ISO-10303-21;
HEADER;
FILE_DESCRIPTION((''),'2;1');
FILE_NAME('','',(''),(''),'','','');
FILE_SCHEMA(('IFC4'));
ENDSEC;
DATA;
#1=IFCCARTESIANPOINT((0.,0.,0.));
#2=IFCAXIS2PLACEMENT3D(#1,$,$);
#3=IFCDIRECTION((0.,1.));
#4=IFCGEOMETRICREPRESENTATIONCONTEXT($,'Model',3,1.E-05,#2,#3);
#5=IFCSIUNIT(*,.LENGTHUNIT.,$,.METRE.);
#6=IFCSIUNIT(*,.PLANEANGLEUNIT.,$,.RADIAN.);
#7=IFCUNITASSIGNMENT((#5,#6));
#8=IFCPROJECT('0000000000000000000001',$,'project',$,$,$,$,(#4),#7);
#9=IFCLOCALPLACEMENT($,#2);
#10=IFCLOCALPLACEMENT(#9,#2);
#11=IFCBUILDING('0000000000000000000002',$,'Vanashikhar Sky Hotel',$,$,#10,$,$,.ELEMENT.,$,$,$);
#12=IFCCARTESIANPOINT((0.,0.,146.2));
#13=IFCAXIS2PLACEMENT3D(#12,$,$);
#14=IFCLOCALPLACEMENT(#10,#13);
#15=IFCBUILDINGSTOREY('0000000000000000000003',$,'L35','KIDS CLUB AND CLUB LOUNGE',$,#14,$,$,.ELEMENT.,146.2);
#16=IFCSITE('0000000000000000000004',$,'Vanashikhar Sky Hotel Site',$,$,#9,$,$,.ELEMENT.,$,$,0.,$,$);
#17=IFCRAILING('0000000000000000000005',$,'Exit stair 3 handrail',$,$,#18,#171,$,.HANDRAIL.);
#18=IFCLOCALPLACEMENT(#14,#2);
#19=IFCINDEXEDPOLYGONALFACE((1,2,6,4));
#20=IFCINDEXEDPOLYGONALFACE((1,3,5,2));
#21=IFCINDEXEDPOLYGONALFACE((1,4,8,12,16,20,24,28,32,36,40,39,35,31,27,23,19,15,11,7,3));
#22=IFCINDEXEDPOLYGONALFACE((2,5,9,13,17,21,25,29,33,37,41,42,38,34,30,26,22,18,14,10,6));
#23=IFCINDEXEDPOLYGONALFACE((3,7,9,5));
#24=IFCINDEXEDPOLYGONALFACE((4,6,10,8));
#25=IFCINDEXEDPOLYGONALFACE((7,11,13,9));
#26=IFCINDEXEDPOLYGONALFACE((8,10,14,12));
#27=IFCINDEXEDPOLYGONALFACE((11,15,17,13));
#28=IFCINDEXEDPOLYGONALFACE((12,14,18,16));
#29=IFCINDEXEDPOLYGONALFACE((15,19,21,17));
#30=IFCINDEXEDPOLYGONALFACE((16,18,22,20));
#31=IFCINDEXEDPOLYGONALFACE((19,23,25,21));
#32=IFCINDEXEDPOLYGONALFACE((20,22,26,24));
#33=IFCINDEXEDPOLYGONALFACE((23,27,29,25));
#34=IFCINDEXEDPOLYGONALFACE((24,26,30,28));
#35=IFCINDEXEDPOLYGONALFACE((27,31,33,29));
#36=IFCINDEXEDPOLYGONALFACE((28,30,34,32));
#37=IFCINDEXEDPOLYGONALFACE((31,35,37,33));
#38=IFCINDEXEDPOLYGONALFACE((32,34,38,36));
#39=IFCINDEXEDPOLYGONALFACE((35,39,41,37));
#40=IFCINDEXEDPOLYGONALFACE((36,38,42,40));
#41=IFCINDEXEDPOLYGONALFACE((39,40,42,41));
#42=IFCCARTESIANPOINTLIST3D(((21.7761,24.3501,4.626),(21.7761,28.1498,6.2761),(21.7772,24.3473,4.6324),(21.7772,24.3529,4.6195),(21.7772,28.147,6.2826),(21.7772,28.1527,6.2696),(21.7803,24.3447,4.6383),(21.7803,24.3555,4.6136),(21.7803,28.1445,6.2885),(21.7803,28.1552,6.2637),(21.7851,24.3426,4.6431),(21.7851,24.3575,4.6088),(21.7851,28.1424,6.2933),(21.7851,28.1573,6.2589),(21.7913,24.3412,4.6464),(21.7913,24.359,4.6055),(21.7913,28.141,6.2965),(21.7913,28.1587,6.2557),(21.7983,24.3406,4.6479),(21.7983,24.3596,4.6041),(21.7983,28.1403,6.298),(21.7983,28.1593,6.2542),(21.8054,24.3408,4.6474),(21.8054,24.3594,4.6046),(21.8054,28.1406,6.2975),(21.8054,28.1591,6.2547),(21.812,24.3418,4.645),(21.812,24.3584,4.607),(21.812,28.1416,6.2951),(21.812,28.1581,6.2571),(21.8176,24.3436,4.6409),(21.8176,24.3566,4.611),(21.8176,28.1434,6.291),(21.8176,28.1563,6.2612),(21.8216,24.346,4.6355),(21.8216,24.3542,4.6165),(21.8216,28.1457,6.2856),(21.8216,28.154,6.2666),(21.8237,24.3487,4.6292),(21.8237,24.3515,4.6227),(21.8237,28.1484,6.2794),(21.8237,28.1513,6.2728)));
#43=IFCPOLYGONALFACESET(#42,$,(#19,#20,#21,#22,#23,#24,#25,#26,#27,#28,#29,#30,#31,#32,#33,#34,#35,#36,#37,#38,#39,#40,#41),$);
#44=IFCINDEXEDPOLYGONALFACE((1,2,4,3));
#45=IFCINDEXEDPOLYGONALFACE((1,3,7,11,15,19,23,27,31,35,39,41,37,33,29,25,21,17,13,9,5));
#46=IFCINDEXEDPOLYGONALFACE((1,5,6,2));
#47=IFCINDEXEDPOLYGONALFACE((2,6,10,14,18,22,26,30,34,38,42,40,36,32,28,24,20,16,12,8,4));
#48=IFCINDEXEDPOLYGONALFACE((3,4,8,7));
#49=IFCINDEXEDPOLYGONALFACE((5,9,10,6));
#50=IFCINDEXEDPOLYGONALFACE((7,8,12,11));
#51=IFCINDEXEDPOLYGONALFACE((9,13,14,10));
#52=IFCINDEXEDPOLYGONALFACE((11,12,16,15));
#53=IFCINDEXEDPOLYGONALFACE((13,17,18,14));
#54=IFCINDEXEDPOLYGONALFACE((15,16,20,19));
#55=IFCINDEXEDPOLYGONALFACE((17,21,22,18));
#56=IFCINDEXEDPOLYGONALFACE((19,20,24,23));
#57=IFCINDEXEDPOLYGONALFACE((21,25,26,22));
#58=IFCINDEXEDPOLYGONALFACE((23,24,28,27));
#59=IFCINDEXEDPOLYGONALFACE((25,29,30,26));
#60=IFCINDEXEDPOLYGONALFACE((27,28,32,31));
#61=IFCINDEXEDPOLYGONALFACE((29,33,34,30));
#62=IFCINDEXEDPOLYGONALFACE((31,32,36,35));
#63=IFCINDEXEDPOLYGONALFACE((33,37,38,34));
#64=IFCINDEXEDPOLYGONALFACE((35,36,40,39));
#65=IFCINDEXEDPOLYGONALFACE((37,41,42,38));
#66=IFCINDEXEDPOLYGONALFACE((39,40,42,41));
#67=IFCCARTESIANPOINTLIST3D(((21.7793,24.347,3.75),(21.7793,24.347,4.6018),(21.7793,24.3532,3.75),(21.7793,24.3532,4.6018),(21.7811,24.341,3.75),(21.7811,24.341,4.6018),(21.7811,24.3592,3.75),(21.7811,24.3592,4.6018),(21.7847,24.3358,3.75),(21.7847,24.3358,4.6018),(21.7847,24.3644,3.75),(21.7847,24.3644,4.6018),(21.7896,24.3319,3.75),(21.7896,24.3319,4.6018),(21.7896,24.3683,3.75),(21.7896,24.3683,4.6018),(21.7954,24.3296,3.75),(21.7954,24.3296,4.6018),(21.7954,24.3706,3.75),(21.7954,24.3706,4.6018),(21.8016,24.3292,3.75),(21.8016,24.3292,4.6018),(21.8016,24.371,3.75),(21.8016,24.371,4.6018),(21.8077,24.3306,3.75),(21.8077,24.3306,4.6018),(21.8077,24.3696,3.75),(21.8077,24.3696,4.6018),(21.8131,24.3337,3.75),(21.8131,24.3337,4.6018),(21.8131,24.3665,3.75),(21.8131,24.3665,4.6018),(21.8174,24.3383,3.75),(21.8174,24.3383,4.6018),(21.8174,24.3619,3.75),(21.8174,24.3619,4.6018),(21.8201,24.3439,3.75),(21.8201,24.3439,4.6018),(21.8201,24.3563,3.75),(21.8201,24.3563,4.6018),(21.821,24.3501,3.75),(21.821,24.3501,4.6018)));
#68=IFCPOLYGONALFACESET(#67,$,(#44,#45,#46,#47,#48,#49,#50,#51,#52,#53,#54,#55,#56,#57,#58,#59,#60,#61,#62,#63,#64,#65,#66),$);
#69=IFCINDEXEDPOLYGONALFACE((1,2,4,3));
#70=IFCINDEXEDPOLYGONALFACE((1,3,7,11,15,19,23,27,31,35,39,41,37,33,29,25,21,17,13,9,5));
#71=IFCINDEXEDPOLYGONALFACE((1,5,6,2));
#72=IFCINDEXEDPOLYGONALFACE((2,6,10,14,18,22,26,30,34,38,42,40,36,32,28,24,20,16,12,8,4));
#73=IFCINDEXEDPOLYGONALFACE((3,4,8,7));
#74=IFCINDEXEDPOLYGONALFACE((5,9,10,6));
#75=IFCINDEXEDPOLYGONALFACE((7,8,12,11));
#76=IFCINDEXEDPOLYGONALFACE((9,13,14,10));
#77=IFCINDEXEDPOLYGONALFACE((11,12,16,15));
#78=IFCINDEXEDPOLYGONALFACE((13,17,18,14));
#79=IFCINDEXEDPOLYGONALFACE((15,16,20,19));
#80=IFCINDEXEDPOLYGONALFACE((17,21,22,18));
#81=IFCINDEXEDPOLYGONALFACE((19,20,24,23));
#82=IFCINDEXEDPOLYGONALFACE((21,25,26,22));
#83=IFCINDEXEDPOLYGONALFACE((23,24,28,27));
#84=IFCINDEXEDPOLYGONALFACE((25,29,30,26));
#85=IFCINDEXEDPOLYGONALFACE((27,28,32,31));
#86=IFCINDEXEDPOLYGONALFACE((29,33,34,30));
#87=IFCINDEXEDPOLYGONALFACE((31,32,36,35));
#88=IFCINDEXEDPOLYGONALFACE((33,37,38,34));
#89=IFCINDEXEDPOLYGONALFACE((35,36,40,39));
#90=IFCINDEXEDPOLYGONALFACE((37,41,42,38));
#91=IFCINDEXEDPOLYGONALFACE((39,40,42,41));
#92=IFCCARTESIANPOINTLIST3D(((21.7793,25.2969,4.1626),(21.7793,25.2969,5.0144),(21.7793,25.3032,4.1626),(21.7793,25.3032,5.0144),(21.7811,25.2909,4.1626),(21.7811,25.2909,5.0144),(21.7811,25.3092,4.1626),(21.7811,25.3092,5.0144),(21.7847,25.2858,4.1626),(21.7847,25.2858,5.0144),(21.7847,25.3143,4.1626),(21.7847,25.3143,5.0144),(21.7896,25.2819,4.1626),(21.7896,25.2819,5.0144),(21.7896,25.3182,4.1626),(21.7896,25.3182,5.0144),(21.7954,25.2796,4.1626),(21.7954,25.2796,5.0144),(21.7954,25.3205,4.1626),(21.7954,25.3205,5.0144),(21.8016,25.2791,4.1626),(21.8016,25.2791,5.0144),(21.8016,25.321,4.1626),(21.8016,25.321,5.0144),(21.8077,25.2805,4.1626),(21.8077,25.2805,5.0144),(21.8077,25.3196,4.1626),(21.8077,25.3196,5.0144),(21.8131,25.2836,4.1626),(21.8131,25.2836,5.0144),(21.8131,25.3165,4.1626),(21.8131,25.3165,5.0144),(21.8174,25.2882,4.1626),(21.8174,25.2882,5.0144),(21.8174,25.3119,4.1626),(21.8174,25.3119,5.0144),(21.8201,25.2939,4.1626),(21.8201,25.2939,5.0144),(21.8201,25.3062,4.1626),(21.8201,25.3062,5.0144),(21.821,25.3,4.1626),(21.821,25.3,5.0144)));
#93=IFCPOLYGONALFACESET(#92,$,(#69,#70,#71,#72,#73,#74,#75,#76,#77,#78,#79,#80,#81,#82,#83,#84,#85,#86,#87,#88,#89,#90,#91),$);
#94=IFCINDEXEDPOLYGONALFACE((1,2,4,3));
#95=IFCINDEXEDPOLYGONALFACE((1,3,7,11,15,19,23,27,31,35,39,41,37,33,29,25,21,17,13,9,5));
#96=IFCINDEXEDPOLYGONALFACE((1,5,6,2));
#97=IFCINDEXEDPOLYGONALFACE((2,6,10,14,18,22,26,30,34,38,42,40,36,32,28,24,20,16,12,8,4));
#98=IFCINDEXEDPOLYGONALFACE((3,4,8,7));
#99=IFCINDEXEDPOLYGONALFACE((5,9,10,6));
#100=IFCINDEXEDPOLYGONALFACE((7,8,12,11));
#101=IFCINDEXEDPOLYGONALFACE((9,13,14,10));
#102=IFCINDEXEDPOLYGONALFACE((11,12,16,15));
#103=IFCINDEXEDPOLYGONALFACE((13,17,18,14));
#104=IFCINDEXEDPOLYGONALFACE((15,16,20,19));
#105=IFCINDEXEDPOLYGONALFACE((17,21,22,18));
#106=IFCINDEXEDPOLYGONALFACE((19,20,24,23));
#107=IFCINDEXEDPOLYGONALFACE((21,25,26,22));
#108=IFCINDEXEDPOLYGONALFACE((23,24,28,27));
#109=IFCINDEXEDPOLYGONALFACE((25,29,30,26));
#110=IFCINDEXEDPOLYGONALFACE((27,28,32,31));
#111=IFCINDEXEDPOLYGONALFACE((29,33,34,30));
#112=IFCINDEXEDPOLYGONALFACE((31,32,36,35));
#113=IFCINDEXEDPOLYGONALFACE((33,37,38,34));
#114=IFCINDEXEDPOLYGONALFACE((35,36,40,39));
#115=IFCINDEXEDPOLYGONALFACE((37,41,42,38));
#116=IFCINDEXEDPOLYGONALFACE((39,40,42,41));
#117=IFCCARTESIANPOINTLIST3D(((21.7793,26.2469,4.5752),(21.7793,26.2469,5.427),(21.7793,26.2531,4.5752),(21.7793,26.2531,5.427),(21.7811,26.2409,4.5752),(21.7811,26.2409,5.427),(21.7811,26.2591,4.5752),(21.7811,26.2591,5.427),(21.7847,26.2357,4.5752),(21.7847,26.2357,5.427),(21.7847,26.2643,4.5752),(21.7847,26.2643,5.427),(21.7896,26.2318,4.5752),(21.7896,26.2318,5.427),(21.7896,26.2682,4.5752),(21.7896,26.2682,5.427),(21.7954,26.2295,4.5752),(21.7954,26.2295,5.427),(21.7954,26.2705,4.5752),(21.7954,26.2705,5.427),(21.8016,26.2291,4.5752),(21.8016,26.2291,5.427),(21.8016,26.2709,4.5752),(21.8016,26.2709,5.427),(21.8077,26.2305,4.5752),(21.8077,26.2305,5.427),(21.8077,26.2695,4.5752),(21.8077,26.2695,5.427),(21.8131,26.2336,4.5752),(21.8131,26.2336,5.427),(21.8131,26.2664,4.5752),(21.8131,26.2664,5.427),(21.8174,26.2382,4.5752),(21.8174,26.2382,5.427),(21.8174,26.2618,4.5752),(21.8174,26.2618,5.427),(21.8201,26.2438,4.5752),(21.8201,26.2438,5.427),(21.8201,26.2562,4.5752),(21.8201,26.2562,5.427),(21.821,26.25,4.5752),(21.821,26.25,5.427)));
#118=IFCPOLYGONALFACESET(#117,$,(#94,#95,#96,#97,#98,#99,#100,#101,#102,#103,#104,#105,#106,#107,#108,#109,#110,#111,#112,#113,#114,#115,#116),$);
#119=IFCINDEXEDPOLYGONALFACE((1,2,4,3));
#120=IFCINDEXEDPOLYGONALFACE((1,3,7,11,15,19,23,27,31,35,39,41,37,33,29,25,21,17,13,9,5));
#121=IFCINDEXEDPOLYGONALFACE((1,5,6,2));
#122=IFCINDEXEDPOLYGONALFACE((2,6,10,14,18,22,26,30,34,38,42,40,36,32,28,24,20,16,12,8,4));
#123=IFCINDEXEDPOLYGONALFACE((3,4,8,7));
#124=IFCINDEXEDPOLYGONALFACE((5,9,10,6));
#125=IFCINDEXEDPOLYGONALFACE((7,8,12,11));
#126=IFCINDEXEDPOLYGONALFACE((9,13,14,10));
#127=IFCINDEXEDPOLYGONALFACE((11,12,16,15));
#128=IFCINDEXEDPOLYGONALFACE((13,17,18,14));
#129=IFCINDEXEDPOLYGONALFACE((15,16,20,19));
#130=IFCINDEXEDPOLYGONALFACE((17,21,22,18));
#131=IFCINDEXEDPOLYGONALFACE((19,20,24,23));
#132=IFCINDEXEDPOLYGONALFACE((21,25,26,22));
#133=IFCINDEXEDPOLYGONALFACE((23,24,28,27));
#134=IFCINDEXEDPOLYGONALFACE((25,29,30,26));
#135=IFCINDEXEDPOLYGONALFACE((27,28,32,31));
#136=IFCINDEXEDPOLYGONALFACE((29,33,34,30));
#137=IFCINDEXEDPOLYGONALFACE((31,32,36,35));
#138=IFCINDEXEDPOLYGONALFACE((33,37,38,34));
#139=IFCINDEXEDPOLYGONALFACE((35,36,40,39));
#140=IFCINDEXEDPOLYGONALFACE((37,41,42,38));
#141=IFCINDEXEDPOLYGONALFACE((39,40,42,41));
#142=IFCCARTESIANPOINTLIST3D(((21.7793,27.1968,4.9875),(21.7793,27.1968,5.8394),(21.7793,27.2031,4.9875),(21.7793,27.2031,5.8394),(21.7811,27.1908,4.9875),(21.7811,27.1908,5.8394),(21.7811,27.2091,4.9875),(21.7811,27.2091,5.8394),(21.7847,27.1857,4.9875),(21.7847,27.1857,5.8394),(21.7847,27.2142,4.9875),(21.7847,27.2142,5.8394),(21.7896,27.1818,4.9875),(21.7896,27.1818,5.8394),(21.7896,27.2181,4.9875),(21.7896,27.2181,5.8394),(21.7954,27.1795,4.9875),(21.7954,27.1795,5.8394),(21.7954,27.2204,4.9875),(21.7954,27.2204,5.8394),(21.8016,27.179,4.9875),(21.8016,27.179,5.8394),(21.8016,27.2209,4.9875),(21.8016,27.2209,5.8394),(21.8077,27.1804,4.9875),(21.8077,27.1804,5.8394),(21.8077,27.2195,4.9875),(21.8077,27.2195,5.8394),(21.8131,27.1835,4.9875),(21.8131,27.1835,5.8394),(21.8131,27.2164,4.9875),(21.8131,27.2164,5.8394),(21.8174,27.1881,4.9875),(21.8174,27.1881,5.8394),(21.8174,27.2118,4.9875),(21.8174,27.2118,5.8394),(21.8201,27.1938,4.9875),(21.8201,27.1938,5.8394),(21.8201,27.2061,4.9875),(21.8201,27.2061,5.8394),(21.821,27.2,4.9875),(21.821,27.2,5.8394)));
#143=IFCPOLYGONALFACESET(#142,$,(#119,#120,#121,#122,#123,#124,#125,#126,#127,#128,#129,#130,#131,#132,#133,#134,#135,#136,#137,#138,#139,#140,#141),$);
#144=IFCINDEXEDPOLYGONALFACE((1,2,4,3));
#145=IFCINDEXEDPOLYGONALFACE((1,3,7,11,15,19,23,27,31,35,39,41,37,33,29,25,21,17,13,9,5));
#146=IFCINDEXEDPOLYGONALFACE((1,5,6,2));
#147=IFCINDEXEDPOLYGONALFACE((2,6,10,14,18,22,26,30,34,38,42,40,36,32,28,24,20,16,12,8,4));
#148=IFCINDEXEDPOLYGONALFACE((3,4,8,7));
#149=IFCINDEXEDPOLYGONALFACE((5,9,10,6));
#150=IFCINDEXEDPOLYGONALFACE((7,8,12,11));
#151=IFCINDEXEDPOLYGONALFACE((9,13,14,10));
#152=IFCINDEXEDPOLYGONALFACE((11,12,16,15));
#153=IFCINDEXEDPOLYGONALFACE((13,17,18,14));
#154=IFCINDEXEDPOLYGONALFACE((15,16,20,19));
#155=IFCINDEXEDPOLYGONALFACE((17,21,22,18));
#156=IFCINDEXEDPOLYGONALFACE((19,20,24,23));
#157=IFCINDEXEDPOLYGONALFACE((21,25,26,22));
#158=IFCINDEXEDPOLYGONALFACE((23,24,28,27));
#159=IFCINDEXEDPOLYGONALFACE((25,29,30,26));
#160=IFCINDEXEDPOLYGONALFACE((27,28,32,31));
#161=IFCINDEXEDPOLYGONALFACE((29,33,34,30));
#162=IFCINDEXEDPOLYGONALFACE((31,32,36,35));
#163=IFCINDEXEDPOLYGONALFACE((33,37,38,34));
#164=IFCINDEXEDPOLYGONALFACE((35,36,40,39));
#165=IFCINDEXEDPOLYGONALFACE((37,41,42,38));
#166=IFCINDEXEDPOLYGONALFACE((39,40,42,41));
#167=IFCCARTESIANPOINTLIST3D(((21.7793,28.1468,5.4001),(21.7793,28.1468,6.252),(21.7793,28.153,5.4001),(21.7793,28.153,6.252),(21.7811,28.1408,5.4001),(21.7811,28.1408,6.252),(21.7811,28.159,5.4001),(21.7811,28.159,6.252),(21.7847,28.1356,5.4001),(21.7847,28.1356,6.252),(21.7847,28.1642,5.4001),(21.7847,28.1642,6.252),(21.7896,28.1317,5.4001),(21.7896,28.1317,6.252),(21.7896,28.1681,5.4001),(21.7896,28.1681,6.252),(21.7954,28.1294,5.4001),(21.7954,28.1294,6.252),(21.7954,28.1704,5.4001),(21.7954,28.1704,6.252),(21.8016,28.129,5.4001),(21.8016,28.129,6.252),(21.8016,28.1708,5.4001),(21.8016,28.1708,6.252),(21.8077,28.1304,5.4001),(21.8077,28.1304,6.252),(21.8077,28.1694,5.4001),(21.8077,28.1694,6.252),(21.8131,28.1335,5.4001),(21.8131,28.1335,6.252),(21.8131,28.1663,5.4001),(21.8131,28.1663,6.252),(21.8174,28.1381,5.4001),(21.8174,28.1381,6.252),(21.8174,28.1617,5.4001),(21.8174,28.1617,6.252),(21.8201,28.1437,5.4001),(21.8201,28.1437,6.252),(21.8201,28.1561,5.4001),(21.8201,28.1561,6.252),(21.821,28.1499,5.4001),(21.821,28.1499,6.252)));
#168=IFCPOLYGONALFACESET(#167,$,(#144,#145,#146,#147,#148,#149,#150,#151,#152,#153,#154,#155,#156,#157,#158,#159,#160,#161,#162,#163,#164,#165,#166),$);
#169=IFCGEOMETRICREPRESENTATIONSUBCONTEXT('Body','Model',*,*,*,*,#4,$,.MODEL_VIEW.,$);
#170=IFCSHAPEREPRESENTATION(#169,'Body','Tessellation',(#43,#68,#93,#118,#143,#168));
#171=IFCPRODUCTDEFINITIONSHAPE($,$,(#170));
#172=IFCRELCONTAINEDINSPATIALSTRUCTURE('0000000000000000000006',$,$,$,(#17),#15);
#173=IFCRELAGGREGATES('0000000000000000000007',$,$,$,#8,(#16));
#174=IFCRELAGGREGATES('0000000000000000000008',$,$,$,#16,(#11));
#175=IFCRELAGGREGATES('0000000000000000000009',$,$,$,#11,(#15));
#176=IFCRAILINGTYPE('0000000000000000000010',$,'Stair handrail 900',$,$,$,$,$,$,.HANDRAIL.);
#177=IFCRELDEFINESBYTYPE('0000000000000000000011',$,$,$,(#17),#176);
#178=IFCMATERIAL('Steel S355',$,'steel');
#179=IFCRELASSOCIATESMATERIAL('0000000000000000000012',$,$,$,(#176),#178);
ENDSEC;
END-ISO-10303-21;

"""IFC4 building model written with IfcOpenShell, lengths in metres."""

from ifc_helpers import new_model, si_unit, direction, frame, origin, origin_2d, place, context, subcontext, project, spatial, circle, extrude, source, transform, mapped, material, type_object, element, save


model = new_model("IFC4")

# Units and contexts
model_context = context("Model", 3, precision=1e-05, world=origin(), true_north=direction((0.0, 1.0)))
body_context = subcontext(model_context, "Body", "Model", "MODEL_VIEW")
ifc_project = project(units=[si_unit("LENGTHUNIT", "METRE"), si_unit("PLANEANGLEUNIT", "RADIAN")], contexts=[model_context])

# Site, building, storey
site_placement = place(None, origin())
site = spatial("IfcSite", under=ifc_project, at=site_placement, Name="Vanashikhar Sky Hotel Site", CompositionType="ELEMENT", RefElevation=0.0)
building_placement = place(site_placement, origin())
building = spatial("IfcBuilding", under=site, at=building_placement, Name="Vanashikhar Sky Hotel", CompositionType="ELEMENT")
storey_placement = place(building_placement, frame((0.0, 0.0, 146.2)))
storey = spatial("IfcBuildingStorey", under=building, at=storey_placement, Name="L35", Description="KIDS CLUB AND CLUB LOUNGE", CompositionType="ELEMENT", Elevation=146.2)

# Railing
ifc_material_1 = material(Name="Steel S355", Category="steel")
railing_type_1 = type_object("IfcRailingType", Name="Stair handrail 900", PredefinedType="HANDRAIL", material=ifc_material_1)
shared_shape_1 = source(origin(), body_context, "Body", "SweptSolid", [
    extrude(circle(Radius=0.0239, at=origin_2d()), frame((0.0, 0.0, 0.876), z_axis=(0.0, 0.917241, 0.398332), x_axis=(-1.0, 0.0, 0.0)), (0.0, 0.0, 1.0), 4.1426),
    extrude(circle(Radius=0.021, at=origin_2d()), origin(), (0.0, 0.0, 1.0), 0.8518),
    extrude(circle(Radius=0.021, at=origin_2d()), frame((0.0, 0.95, 0.4126)), (0.0, 0.0, 1.0), 0.8518),
    extrude(circle(Radius=0.021, at=origin_2d()), frame((0.0, 1.8999, 0.8252)), (0.0, 0.0, 1.0), 0.8518),
    extrude(circle(Radius=0.021, at=origin_2d()), frame((0.0, 2.8499, 1.2375)), (0.0, 0.0, 1.0), 0.8518),
    extrude(circle(Radius=0.021, at=origin_2d()), frame((0.0, 3.7998, 1.6501)), (0.0, 0.0, 1.0), 0.8518),
])
railing_1_placement = place(storey_placement, frame((21.8, 24.3501, 3.75)))
element("IfcRailing", 1, at=railing_1_placement, inside=storey, type_object=railing_type_1, Name="Exit stair 3 handrail", PredefinedType="HANDRAIL", context=body_context, shape_type="MappedRepresentation", body=[
    mapped(shared_shape_1, transform((0.0, 0.0, 0.0), scale=1.0)),
])

save(model, "model.ifc")
